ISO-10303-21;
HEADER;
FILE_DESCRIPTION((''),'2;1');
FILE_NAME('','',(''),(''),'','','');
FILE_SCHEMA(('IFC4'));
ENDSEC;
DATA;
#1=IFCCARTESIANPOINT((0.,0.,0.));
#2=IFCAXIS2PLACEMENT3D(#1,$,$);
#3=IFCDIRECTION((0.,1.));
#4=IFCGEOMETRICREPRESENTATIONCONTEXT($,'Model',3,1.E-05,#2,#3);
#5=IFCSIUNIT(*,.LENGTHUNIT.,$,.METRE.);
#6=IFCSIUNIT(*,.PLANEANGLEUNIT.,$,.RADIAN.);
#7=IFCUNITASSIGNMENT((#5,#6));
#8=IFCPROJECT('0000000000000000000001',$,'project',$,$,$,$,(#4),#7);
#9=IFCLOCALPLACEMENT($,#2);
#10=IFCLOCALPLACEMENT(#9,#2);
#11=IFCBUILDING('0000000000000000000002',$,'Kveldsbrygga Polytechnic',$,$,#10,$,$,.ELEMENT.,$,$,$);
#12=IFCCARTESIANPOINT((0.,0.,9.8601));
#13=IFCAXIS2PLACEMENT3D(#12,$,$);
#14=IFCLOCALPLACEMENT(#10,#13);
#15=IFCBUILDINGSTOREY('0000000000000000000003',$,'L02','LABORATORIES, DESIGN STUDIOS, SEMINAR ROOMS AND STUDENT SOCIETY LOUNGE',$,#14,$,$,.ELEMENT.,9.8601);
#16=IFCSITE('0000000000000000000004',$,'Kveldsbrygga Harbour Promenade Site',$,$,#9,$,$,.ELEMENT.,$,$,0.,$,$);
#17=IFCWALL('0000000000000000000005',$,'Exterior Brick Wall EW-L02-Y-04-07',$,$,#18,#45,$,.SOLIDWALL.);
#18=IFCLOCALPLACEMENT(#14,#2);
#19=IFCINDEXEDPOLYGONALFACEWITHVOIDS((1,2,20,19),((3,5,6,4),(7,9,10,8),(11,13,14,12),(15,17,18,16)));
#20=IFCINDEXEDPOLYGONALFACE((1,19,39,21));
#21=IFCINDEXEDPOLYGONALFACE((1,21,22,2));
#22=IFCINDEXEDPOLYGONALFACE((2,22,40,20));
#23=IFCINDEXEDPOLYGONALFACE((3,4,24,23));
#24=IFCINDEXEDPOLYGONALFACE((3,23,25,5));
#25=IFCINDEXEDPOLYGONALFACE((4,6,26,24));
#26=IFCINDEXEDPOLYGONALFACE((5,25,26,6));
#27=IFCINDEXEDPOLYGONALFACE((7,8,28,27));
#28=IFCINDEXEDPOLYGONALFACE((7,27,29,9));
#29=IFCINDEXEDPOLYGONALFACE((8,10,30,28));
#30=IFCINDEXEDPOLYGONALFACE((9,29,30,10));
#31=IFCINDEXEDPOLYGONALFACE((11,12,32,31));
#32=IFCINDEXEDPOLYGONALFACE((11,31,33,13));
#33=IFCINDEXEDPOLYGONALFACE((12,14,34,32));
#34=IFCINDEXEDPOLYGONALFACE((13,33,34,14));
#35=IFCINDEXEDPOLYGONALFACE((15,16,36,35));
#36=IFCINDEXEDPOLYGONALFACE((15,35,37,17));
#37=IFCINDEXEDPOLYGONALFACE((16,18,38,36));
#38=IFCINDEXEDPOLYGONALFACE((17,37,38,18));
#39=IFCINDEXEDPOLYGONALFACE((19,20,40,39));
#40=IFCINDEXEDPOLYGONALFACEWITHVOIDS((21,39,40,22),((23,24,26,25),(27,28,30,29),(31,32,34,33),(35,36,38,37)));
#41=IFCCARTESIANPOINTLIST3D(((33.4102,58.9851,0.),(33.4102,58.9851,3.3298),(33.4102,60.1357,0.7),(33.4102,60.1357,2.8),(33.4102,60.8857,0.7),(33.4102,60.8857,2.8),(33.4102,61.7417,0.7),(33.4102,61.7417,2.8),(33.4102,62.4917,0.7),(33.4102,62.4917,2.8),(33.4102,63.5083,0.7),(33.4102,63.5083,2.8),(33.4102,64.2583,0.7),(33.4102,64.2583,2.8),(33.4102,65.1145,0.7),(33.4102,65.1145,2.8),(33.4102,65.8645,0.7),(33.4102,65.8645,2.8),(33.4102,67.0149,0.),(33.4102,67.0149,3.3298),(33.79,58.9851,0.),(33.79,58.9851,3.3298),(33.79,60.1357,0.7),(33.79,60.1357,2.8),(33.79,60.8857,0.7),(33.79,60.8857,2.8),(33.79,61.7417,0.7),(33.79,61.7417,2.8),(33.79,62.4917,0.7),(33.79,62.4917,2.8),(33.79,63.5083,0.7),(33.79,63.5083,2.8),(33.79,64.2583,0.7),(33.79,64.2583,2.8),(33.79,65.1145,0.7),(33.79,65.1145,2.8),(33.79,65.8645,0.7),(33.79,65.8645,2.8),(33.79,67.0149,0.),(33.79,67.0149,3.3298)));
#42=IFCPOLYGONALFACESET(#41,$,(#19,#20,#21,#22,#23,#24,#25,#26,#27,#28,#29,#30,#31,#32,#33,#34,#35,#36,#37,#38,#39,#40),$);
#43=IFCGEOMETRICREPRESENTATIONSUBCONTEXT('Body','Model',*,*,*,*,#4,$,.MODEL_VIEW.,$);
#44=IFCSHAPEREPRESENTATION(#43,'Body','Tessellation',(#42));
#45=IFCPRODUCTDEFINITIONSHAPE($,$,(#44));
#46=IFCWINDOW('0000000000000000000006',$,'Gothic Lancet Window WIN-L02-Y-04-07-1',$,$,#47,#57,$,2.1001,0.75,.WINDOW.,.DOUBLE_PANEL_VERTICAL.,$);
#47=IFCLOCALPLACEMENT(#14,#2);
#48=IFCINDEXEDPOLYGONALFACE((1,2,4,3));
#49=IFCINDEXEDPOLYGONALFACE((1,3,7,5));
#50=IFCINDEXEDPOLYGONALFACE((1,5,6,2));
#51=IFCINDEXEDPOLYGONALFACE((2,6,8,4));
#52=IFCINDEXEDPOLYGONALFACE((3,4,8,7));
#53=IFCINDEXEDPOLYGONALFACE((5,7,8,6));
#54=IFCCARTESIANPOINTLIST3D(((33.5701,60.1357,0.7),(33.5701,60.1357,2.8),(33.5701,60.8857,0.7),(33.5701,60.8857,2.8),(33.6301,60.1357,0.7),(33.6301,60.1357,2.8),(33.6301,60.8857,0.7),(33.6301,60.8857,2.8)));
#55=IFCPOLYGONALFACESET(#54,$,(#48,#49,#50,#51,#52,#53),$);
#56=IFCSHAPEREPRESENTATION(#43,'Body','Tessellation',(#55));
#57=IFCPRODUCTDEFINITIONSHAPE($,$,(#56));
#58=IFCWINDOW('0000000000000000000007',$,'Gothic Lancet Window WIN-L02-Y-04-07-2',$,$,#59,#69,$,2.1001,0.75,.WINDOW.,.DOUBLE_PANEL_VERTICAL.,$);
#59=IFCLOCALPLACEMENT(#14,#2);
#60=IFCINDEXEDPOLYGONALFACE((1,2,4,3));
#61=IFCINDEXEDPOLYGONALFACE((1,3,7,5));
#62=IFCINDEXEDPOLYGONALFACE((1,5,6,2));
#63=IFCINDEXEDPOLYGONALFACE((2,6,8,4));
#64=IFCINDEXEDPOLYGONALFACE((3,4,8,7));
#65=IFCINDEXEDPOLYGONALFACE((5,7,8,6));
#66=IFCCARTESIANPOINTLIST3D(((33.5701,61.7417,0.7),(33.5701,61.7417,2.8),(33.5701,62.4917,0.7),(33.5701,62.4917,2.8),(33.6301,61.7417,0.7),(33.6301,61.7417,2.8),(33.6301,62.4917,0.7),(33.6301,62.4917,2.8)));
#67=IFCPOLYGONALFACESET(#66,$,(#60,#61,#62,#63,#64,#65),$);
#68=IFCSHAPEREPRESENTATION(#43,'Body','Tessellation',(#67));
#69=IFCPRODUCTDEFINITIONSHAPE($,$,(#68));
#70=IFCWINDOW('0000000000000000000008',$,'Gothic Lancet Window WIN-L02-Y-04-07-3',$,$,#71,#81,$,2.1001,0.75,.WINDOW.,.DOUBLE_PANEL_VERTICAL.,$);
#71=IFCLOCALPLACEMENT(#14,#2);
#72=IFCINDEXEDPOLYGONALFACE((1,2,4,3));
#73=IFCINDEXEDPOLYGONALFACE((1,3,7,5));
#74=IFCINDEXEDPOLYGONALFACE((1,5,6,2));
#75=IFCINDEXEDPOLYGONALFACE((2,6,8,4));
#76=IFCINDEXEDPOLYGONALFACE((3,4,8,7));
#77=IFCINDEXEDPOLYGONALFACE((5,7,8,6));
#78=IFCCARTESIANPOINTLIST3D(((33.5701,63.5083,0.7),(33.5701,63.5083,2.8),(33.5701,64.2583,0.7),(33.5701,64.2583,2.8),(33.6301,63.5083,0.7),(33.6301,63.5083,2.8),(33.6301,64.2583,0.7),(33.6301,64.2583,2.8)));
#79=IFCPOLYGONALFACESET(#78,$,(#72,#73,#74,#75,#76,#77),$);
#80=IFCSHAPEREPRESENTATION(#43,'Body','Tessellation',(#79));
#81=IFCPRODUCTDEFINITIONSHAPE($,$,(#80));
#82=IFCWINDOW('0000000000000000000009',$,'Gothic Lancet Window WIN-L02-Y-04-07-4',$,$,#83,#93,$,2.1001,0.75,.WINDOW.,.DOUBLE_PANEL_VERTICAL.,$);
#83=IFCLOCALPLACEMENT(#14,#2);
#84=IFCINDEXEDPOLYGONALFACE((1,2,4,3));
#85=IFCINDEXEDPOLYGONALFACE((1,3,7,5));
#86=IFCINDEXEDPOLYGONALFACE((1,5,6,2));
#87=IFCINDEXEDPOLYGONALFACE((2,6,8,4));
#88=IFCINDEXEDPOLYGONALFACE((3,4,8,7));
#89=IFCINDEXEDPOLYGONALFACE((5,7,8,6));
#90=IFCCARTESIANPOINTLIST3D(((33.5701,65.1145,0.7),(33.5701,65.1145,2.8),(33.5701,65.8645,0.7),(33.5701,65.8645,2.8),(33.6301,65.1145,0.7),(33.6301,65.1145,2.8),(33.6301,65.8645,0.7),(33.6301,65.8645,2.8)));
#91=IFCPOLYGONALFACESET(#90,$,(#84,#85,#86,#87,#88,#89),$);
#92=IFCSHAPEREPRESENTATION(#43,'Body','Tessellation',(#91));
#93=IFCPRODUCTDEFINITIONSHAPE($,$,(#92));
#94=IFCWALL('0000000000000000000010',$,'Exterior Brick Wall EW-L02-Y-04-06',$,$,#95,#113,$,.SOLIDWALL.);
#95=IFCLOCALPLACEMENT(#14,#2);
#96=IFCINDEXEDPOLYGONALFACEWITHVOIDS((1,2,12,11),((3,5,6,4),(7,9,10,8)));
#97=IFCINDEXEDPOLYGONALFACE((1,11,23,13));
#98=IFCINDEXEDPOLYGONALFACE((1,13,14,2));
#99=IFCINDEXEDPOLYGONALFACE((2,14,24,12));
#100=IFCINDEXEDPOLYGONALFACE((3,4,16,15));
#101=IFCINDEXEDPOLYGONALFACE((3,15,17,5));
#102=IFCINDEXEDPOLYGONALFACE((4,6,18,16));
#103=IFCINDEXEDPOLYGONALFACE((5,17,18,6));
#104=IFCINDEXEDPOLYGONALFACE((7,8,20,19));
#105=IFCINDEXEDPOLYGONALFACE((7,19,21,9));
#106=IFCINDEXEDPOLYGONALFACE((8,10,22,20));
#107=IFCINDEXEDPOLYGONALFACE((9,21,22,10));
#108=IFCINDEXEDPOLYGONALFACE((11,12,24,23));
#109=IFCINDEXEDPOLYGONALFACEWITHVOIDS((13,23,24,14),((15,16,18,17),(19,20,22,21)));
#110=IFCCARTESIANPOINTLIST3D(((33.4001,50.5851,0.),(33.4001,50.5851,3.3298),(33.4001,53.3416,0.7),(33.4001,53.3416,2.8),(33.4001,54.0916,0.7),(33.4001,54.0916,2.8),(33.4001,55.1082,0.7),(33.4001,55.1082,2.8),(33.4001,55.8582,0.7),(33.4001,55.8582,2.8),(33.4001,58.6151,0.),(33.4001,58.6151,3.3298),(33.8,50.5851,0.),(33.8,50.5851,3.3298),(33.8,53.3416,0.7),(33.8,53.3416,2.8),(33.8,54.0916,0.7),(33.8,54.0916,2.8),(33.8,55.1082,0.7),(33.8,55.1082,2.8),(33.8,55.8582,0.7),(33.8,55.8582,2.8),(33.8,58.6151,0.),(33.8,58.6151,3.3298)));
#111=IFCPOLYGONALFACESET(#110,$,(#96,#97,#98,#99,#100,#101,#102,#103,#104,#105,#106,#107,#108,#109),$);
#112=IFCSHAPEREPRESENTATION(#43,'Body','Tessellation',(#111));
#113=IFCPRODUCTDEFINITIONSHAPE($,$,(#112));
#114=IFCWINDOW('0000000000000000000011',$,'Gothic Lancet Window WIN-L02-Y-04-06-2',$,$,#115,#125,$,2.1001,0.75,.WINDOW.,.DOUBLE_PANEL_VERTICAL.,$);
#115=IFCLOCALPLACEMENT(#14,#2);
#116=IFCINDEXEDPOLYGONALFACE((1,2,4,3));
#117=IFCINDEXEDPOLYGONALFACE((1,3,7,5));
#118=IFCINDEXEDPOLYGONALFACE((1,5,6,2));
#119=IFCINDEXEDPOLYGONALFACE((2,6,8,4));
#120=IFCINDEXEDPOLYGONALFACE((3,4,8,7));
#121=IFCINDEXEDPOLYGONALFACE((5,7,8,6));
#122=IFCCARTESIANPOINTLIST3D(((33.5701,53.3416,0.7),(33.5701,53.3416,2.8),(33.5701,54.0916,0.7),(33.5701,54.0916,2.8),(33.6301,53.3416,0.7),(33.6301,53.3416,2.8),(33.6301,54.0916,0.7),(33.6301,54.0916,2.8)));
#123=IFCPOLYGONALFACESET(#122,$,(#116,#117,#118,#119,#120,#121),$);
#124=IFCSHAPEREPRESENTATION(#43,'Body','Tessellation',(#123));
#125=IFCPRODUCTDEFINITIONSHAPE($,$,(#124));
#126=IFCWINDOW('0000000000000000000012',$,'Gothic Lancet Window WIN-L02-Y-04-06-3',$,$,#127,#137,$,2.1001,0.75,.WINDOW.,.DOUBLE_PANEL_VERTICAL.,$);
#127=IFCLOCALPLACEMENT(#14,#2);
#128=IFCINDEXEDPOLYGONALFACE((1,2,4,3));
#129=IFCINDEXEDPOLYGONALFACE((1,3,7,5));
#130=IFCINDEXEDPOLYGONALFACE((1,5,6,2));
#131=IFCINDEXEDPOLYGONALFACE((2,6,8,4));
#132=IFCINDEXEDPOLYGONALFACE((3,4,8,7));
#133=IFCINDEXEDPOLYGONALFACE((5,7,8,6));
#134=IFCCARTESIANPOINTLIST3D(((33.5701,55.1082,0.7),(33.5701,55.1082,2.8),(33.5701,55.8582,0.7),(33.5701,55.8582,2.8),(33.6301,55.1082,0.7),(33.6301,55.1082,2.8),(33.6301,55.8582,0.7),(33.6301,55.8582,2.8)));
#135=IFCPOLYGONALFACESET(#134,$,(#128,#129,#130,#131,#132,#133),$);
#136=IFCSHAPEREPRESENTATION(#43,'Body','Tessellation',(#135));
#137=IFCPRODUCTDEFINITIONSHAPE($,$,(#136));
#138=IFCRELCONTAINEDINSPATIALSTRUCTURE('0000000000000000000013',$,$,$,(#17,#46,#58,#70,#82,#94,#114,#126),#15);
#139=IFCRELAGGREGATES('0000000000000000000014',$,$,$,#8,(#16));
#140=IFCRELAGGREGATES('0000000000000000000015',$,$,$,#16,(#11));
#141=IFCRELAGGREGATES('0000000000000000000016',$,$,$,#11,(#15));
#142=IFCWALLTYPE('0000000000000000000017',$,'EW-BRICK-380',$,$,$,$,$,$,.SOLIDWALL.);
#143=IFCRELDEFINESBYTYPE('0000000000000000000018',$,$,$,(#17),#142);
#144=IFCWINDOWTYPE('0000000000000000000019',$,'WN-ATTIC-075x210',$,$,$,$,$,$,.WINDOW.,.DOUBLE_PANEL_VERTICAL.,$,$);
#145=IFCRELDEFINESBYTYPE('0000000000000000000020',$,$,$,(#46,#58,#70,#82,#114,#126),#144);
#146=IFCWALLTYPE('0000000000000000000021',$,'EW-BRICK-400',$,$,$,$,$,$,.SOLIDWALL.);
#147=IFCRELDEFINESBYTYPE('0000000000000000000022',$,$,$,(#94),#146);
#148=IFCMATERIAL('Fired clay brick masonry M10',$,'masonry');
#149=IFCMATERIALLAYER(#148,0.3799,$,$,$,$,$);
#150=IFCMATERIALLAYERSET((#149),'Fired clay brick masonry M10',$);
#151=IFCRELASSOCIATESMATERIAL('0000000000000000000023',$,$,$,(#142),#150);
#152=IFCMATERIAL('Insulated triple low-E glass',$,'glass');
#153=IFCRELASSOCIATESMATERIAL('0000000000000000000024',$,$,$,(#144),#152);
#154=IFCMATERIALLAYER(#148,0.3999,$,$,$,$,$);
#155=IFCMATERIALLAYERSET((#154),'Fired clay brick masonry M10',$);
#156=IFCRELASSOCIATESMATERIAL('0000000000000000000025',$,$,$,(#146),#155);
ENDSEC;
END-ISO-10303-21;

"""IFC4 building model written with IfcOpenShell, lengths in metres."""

from ifc_helpers import new_model, si_unit, direction, frame, frame_2d, origin, place, context, subcontext, project, spatial, rectangle, extrude, material, layer, layer_set, type_object, element, fill, save


model = new_model("IFC4")

# Units and contexts
model_context = context("Model", 3, precision=1e-05, world=origin(), true_north=direction((0.0, 1.0)))
body_context = subcontext(model_context, "Body", "Model", "MODEL_VIEW")
ifc_project = project(units=[si_unit("LENGTHUNIT", "METRE"), si_unit("PLANEANGLEUNIT", "RADIAN")], contexts=[model_context])

# Site, building, storey
site_placement = place(None, origin())
site = spatial("IfcSite", under=ifc_project, at=site_placement, Name="Kveldsbrygga Harbour Promenade Site", CompositionType="ELEMENT", RefElevation=0.0)
building_placement = place(site_placement, origin())
building = spatial("IfcBuilding", under=site, at=building_placement, Name="Kveldsbrygga Polytechnic", CompositionType="ELEMENT")
storey_placement = place(building_placement, frame((0.0, 0.0, 9.8601)))
storey = spatial("IfcBuildingStorey", under=building, at=storey_placement, Name="L02", Description="LABORATORIES, DESIGN STUDIOS, SEMINAR ROOMS AND STUDENT SOCIETY LOUNGE", CompositionType="ELEMENT", Elevation=9.8601)

# Walls, openings, windows
ifc_material_1 = material(Name="Fired clay brick masonry M10", Category="masonry")
ifc_layer_1 = layer(ifc_material_1, 0.3799)
ifc_layer_set_1 = layer_set([ifc_layer_1], Name="Fired clay brick masonry M10")
wall_type_1 = type_object("IfcWallType", Name="EW-BRICK-380", PredefinedType="SOLIDWALL", material=ifc_layer_set_1)
wall_1_placement = place(storey_placement, frame((33.6001, 58.9851, 0.0), z_axis=(0.0, 0.0, 1.0), x_axis=(0.0, 1.0, 0.0)))
wall_1 = element("IfcWall", 1, at=wall_1_placement, inside=storey, type_object=wall_type_1, Name="Exterior Brick Wall EW-L02-Y-04-07", PredefinedType="SOLIDWALL", context=body_context, shape_type="SweptSolid", body=[
    extrude(rectangle(XDim=8.0298, YDim=0.3799, at=frame_2d((4.0149, 0.0))), origin(), (0.0, 0.0, 1.0), 3.3298),
])
opening_1_placement = place(wall_1_placement, frame((1.1506, 0.0, 0.7)))
opening_1 = element("IfcOpeningElement", 2, at=opening_1_placement, cuts=wall_1, PredefinedType="OPENING", context=body_context, shape_type="SweptSolid", body=[
    extrude(rectangle(XDim=0.75, YDim=2.1001, at=frame_2d((0.375, 1.05))), frame((0.0, 0.2, 0.0), z_axis=(0.0, -1.0, 0.0), x_axis=(1.0, 0.0, 0.0)), (0.0, 0.0, 1.0), 0.3999),
])
opening_2_placement = place(wall_1_placement, frame((2.7566, 0.0, 0.7)))
opening_2 = element("IfcOpeningElement", 3, at=opening_2_placement, cuts=wall_1, PredefinedType="OPENING", context=body_context, shape_type="SweptSolid", body=[
    extrude(rectangle(XDim=0.75, YDim=2.1001, at=frame_2d((0.375, 1.05))), frame((0.0, 0.2, 0.0), z_axis=(0.0, -1.0, 0.0), x_axis=(1.0, 0.0, 0.0)), (0.0, 0.0, 1.0), 0.3999),
])
opening_3_placement = place(wall_1_placement, frame((4.5232, 0.0, 0.7)))
opening_3 = element("IfcOpeningElement", 4, at=opening_3_placement, cuts=wall_1, PredefinedType="OPENING", context=body_context, shape_type="SweptSolid", body=[
    extrude(rectangle(XDim=0.75, YDim=2.1001, at=frame_2d((0.375, 1.05))), frame((0.0, 0.2, 0.0), z_axis=(0.0, -1.0, 0.0), x_axis=(1.0, 0.0, 0.0)), (0.0, 0.0, 1.0), 0.3999),
])
opening_4_placement = place(wall_1_placement, frame((6.1294, 0.0, 0.7)))
opening_4 = element("IfcOpeningElement", 5, at=opening_4_placement, cuts=wall_1, PredefinedType="OPENING", context=body_context, shape_type="SweptSolid", body=[
    extrude(rectangle(XDim=0.75, YDim=2.1001, at=frame_2d((0.375, 1.05))), frame((0.0, 0.2, 0.0), z_axis=(0.0, -1.0, 0.0), x_axis=(1.0, 0.0, 0.0)), (0.0, 0.0, 1.0), 0.3999),
])
ifc_material_2 = material(Name="Insulated triple low-E glass", Category="glass")
window_type = type_object("IfcWindowType", Name="WN-ATTIC-075x210", PartitioningType="DOUBLE_PANEL_VERTICAL", PredefinedType="WINDOW", material=ifc_material_2)
window_1_placement = place(opening_1_placement, origin())
window_1 = element("IfcWindow", 6, at=window_1_placement, inside=storey, type_object=window_type, Name="Gothic Lancet Window WIN-L02-Y-04-07-1", OverallHeight=2.1001, OverallWidth=0.75, PartitioningType="DOUBLE_PANEL_VERTICAL", PredefinedType="WINDOW", context=body_context, shape_type="SweptSolid", body=[
    extrude(rectangle(XDim=0.75, YDim=2.1001, at=frame_2d((0.375, 1.05))), frame((0.0, 0.03, 0.0), z_axis=(0.0, -1.0, 0.0), x_axis=(1.0, 0.0, 0.0)), (0.0, 0.0, 1.0), 0.0601),
])
fill(opening_1, window_1)
window_2_placement = place(opening_2_placement, origin())
window_2 = element("IfcWindow", 7, at=window_2_placement, inside=storey, type_object=window_type, Name="Gothic Lancet Window WIN-L02-Y-04-07-2", OverallHeight=2.1001, OverallWidth=0.75, PartitioningType="DOUBLE_PANEL_VERTICAL", PredefinedType="WINDOW", context=body_context, shape_type="SweptSolid", body=[
    extrude(rectangle(XDim=0.75, YDim=2.1001, at=frame_2d((0.375, 1.05))), frame((0.0, 0.03, 0.0), z_axis=(0.0, -1.0, 0.0), x_axis=(1.0, 0.0, 0.0)), (0.0, 0.0, 1.0), 0.0601),
])
fill(opening_2, window_2)
window_3_placement = place(opening_3_placement, origin())
window_3 = element("IfcWindow", 8, at=window_3_placement, inside=storey, type_object=window_type, Name="Gothic Lancet Window WIN-L02-Y-04-07-3", OverallHeight=2.1001, OverallWidth=0.75, PartitioningType="DOUBLE_PANEL_VERTICAL", PredefinedType="WINDOW", context=body_context, shape_type="SweptSolid", body=[
    extrude(rectangle(XDim=0.75, YDim=2.1001, at=frame_2d((0.375, 1.05))), frame((0.0, 0.03, 0.0), z_axis=(0.0, -1.0, 0.0), x_axis=(1.0, 0.0, 0.0)), (0.0, 0.0, 1.0), 0.0601),
])
fill(opening_3, window_3)
window_4_placement = place(opening_4_placement, origin())
window_4 = element("IfcWindow", 9, at=window_4_placement, inside=storey, type_object=window_type, Name="Gothic Lancet Window WIN-L02-Y-04-07-4", OverallHeight=2.1001, OverallWidth=0.75, PartitioningType="DOUBLE_PANEL_VERTICAL", PredefinedType="WINDOW", context=body_context, shape_type="SweptSolid", body=[
    extrude(rectangle(XDim=0.75, YDim=2.1001, at=frame_2d((0.375, 1.05))), frame((0.0, 0.03, 0.0), z_axis=(0.0, -1.0, 0.0), x_axis=(1.0, 0.0, 0.0)), (0.0, 0.0, 1.0), 0.0601),
])
fill(opening_4, window_4)
ifc_layer_2 = layer(ifc_material_1, 0.3999)
ifc_layer_set_2 = layer_set([ifc_layer_2], Name="Fired clay brick masonry M10")
wall_type_2 = type_object("IfcWallType", Name="EW-BRICK-400", PredefinedType="SOLIDWALL", material=ifc_layer_set_2)
wall_2_placement = place(storey_placement, frame((33.6001, 50.585, 0.0), z_axis=(0.0, 0.0, 1.0), x_axis=(0.0, 1.0, 0.0)))
wall_2 = element("IfcWall", 10, at=wall_2_placement, inside=storey, type_object=wall_type_2, Name="Exterior Brick Wall EW-L02-Y-04-06", PredefinedType="SOLIDWALL", context=body_context, shape_type="SweptSolid", body=[
    extrude(rectangle(XDim=8.03, YDim=0.3999, at=frame_2d((4.0151, 0.0))), origin(), (0.0, 0.0, 1.0), 3.3298),
])
opening_5_placement = place(wall_2_placement, frame((2.7566, 0.0, 0.7)))
opening_5 = element("IfcOpeningElement", 11, at=opening_5_placement, cuts=wall_2, PredefinedType="OPENING", context=body_context, shape_type="SweptSolid", body=[
    extrude(rectangle(XDim=0.75, YDim=2.1001, at=frame_2d((0.375, 1.05))), frame((0.0, 0.21, 0.0), z_axis=(0.0, -1.0, 0.0), x_axis=(1.0, 0.0, 0.0)), (0.0, 0.0, 1.0), 0.4199),
])
opening_6_placement = place(wall_2_placement, frame((4.5232, 0.0, 0.7)))
opening_6 = element("IfcOpeningElement", 12, at=opening_6_placement, cuts=wall_2, PredefinedType="OPENING", context=body_context, shape_type="SweptSolid", body=[
    extrude(rectangle(XDim=0.75, YDim=2.1001, at=frame_2d((0.375, 1.05))), frame((0.0, 0.21, 0.0), z_axis=(0.0, -1.0, 0.0), x_axis=(1.0, 0.0, 0.0)), (0.0, 0.0, 1.0), 0.4199),
])
window_5_placement = place(opening_5_placement, origin())
window_5 = element("IfcWindow", 13, at=window_5_placement, inside=storey, type_object=window_type, Name="Gothic Lancet Window WIN-L02-Y-04-06-2", OverallHeight=2.1001, OverallWidth=0.75, PartitioningType="DOUBLE_PANEL_VERTICAL", PredefinedType="WINDOW", context=body_context, shape_type="SweptSolid", body=[
    extrude(rectangle(XDim=0.75, YDim=2.1001, at=frame_2d((0.375, 1.05))), frame((0.0, 0.03, 0.0), z_axis=(0.0, -1.0, 0.0), x_axis=(1.0, 0.0, 0.0)), (0.0, 0.0, 1.0), 0.0601),
])
fill(opening_5, window_5)
window_6_placement = place(opening_6_placement, origin())
window_6 = element("IfcWindow", 14, at=window_6_placement, inside=storey, type_object=window_type, Name="Gothic Lancet Window WIN-L02-Y-04-06-3", OverallHeight=2.1001, OverallWidth=0.75, PartitioningType="DOUBLE_PANEL_VERTICAL", PredefinedType="WINDOW", context=body_context, shape_type="SweptSolid", body=[
    extrude(rectangle(XDim=0.75, YDim=2.1001, at=frame_2d((0.375, 1.05))), frame((0.0, 0.03, 0.0), z_axis=(0.0, -1.0, 0.0), x_axis=(1.0, 0.0, 0.0)), (0.0, 0.0, 1.0), 0.0601),
])
fill(opening_6, window_6)

save(model, "model.ifc")
